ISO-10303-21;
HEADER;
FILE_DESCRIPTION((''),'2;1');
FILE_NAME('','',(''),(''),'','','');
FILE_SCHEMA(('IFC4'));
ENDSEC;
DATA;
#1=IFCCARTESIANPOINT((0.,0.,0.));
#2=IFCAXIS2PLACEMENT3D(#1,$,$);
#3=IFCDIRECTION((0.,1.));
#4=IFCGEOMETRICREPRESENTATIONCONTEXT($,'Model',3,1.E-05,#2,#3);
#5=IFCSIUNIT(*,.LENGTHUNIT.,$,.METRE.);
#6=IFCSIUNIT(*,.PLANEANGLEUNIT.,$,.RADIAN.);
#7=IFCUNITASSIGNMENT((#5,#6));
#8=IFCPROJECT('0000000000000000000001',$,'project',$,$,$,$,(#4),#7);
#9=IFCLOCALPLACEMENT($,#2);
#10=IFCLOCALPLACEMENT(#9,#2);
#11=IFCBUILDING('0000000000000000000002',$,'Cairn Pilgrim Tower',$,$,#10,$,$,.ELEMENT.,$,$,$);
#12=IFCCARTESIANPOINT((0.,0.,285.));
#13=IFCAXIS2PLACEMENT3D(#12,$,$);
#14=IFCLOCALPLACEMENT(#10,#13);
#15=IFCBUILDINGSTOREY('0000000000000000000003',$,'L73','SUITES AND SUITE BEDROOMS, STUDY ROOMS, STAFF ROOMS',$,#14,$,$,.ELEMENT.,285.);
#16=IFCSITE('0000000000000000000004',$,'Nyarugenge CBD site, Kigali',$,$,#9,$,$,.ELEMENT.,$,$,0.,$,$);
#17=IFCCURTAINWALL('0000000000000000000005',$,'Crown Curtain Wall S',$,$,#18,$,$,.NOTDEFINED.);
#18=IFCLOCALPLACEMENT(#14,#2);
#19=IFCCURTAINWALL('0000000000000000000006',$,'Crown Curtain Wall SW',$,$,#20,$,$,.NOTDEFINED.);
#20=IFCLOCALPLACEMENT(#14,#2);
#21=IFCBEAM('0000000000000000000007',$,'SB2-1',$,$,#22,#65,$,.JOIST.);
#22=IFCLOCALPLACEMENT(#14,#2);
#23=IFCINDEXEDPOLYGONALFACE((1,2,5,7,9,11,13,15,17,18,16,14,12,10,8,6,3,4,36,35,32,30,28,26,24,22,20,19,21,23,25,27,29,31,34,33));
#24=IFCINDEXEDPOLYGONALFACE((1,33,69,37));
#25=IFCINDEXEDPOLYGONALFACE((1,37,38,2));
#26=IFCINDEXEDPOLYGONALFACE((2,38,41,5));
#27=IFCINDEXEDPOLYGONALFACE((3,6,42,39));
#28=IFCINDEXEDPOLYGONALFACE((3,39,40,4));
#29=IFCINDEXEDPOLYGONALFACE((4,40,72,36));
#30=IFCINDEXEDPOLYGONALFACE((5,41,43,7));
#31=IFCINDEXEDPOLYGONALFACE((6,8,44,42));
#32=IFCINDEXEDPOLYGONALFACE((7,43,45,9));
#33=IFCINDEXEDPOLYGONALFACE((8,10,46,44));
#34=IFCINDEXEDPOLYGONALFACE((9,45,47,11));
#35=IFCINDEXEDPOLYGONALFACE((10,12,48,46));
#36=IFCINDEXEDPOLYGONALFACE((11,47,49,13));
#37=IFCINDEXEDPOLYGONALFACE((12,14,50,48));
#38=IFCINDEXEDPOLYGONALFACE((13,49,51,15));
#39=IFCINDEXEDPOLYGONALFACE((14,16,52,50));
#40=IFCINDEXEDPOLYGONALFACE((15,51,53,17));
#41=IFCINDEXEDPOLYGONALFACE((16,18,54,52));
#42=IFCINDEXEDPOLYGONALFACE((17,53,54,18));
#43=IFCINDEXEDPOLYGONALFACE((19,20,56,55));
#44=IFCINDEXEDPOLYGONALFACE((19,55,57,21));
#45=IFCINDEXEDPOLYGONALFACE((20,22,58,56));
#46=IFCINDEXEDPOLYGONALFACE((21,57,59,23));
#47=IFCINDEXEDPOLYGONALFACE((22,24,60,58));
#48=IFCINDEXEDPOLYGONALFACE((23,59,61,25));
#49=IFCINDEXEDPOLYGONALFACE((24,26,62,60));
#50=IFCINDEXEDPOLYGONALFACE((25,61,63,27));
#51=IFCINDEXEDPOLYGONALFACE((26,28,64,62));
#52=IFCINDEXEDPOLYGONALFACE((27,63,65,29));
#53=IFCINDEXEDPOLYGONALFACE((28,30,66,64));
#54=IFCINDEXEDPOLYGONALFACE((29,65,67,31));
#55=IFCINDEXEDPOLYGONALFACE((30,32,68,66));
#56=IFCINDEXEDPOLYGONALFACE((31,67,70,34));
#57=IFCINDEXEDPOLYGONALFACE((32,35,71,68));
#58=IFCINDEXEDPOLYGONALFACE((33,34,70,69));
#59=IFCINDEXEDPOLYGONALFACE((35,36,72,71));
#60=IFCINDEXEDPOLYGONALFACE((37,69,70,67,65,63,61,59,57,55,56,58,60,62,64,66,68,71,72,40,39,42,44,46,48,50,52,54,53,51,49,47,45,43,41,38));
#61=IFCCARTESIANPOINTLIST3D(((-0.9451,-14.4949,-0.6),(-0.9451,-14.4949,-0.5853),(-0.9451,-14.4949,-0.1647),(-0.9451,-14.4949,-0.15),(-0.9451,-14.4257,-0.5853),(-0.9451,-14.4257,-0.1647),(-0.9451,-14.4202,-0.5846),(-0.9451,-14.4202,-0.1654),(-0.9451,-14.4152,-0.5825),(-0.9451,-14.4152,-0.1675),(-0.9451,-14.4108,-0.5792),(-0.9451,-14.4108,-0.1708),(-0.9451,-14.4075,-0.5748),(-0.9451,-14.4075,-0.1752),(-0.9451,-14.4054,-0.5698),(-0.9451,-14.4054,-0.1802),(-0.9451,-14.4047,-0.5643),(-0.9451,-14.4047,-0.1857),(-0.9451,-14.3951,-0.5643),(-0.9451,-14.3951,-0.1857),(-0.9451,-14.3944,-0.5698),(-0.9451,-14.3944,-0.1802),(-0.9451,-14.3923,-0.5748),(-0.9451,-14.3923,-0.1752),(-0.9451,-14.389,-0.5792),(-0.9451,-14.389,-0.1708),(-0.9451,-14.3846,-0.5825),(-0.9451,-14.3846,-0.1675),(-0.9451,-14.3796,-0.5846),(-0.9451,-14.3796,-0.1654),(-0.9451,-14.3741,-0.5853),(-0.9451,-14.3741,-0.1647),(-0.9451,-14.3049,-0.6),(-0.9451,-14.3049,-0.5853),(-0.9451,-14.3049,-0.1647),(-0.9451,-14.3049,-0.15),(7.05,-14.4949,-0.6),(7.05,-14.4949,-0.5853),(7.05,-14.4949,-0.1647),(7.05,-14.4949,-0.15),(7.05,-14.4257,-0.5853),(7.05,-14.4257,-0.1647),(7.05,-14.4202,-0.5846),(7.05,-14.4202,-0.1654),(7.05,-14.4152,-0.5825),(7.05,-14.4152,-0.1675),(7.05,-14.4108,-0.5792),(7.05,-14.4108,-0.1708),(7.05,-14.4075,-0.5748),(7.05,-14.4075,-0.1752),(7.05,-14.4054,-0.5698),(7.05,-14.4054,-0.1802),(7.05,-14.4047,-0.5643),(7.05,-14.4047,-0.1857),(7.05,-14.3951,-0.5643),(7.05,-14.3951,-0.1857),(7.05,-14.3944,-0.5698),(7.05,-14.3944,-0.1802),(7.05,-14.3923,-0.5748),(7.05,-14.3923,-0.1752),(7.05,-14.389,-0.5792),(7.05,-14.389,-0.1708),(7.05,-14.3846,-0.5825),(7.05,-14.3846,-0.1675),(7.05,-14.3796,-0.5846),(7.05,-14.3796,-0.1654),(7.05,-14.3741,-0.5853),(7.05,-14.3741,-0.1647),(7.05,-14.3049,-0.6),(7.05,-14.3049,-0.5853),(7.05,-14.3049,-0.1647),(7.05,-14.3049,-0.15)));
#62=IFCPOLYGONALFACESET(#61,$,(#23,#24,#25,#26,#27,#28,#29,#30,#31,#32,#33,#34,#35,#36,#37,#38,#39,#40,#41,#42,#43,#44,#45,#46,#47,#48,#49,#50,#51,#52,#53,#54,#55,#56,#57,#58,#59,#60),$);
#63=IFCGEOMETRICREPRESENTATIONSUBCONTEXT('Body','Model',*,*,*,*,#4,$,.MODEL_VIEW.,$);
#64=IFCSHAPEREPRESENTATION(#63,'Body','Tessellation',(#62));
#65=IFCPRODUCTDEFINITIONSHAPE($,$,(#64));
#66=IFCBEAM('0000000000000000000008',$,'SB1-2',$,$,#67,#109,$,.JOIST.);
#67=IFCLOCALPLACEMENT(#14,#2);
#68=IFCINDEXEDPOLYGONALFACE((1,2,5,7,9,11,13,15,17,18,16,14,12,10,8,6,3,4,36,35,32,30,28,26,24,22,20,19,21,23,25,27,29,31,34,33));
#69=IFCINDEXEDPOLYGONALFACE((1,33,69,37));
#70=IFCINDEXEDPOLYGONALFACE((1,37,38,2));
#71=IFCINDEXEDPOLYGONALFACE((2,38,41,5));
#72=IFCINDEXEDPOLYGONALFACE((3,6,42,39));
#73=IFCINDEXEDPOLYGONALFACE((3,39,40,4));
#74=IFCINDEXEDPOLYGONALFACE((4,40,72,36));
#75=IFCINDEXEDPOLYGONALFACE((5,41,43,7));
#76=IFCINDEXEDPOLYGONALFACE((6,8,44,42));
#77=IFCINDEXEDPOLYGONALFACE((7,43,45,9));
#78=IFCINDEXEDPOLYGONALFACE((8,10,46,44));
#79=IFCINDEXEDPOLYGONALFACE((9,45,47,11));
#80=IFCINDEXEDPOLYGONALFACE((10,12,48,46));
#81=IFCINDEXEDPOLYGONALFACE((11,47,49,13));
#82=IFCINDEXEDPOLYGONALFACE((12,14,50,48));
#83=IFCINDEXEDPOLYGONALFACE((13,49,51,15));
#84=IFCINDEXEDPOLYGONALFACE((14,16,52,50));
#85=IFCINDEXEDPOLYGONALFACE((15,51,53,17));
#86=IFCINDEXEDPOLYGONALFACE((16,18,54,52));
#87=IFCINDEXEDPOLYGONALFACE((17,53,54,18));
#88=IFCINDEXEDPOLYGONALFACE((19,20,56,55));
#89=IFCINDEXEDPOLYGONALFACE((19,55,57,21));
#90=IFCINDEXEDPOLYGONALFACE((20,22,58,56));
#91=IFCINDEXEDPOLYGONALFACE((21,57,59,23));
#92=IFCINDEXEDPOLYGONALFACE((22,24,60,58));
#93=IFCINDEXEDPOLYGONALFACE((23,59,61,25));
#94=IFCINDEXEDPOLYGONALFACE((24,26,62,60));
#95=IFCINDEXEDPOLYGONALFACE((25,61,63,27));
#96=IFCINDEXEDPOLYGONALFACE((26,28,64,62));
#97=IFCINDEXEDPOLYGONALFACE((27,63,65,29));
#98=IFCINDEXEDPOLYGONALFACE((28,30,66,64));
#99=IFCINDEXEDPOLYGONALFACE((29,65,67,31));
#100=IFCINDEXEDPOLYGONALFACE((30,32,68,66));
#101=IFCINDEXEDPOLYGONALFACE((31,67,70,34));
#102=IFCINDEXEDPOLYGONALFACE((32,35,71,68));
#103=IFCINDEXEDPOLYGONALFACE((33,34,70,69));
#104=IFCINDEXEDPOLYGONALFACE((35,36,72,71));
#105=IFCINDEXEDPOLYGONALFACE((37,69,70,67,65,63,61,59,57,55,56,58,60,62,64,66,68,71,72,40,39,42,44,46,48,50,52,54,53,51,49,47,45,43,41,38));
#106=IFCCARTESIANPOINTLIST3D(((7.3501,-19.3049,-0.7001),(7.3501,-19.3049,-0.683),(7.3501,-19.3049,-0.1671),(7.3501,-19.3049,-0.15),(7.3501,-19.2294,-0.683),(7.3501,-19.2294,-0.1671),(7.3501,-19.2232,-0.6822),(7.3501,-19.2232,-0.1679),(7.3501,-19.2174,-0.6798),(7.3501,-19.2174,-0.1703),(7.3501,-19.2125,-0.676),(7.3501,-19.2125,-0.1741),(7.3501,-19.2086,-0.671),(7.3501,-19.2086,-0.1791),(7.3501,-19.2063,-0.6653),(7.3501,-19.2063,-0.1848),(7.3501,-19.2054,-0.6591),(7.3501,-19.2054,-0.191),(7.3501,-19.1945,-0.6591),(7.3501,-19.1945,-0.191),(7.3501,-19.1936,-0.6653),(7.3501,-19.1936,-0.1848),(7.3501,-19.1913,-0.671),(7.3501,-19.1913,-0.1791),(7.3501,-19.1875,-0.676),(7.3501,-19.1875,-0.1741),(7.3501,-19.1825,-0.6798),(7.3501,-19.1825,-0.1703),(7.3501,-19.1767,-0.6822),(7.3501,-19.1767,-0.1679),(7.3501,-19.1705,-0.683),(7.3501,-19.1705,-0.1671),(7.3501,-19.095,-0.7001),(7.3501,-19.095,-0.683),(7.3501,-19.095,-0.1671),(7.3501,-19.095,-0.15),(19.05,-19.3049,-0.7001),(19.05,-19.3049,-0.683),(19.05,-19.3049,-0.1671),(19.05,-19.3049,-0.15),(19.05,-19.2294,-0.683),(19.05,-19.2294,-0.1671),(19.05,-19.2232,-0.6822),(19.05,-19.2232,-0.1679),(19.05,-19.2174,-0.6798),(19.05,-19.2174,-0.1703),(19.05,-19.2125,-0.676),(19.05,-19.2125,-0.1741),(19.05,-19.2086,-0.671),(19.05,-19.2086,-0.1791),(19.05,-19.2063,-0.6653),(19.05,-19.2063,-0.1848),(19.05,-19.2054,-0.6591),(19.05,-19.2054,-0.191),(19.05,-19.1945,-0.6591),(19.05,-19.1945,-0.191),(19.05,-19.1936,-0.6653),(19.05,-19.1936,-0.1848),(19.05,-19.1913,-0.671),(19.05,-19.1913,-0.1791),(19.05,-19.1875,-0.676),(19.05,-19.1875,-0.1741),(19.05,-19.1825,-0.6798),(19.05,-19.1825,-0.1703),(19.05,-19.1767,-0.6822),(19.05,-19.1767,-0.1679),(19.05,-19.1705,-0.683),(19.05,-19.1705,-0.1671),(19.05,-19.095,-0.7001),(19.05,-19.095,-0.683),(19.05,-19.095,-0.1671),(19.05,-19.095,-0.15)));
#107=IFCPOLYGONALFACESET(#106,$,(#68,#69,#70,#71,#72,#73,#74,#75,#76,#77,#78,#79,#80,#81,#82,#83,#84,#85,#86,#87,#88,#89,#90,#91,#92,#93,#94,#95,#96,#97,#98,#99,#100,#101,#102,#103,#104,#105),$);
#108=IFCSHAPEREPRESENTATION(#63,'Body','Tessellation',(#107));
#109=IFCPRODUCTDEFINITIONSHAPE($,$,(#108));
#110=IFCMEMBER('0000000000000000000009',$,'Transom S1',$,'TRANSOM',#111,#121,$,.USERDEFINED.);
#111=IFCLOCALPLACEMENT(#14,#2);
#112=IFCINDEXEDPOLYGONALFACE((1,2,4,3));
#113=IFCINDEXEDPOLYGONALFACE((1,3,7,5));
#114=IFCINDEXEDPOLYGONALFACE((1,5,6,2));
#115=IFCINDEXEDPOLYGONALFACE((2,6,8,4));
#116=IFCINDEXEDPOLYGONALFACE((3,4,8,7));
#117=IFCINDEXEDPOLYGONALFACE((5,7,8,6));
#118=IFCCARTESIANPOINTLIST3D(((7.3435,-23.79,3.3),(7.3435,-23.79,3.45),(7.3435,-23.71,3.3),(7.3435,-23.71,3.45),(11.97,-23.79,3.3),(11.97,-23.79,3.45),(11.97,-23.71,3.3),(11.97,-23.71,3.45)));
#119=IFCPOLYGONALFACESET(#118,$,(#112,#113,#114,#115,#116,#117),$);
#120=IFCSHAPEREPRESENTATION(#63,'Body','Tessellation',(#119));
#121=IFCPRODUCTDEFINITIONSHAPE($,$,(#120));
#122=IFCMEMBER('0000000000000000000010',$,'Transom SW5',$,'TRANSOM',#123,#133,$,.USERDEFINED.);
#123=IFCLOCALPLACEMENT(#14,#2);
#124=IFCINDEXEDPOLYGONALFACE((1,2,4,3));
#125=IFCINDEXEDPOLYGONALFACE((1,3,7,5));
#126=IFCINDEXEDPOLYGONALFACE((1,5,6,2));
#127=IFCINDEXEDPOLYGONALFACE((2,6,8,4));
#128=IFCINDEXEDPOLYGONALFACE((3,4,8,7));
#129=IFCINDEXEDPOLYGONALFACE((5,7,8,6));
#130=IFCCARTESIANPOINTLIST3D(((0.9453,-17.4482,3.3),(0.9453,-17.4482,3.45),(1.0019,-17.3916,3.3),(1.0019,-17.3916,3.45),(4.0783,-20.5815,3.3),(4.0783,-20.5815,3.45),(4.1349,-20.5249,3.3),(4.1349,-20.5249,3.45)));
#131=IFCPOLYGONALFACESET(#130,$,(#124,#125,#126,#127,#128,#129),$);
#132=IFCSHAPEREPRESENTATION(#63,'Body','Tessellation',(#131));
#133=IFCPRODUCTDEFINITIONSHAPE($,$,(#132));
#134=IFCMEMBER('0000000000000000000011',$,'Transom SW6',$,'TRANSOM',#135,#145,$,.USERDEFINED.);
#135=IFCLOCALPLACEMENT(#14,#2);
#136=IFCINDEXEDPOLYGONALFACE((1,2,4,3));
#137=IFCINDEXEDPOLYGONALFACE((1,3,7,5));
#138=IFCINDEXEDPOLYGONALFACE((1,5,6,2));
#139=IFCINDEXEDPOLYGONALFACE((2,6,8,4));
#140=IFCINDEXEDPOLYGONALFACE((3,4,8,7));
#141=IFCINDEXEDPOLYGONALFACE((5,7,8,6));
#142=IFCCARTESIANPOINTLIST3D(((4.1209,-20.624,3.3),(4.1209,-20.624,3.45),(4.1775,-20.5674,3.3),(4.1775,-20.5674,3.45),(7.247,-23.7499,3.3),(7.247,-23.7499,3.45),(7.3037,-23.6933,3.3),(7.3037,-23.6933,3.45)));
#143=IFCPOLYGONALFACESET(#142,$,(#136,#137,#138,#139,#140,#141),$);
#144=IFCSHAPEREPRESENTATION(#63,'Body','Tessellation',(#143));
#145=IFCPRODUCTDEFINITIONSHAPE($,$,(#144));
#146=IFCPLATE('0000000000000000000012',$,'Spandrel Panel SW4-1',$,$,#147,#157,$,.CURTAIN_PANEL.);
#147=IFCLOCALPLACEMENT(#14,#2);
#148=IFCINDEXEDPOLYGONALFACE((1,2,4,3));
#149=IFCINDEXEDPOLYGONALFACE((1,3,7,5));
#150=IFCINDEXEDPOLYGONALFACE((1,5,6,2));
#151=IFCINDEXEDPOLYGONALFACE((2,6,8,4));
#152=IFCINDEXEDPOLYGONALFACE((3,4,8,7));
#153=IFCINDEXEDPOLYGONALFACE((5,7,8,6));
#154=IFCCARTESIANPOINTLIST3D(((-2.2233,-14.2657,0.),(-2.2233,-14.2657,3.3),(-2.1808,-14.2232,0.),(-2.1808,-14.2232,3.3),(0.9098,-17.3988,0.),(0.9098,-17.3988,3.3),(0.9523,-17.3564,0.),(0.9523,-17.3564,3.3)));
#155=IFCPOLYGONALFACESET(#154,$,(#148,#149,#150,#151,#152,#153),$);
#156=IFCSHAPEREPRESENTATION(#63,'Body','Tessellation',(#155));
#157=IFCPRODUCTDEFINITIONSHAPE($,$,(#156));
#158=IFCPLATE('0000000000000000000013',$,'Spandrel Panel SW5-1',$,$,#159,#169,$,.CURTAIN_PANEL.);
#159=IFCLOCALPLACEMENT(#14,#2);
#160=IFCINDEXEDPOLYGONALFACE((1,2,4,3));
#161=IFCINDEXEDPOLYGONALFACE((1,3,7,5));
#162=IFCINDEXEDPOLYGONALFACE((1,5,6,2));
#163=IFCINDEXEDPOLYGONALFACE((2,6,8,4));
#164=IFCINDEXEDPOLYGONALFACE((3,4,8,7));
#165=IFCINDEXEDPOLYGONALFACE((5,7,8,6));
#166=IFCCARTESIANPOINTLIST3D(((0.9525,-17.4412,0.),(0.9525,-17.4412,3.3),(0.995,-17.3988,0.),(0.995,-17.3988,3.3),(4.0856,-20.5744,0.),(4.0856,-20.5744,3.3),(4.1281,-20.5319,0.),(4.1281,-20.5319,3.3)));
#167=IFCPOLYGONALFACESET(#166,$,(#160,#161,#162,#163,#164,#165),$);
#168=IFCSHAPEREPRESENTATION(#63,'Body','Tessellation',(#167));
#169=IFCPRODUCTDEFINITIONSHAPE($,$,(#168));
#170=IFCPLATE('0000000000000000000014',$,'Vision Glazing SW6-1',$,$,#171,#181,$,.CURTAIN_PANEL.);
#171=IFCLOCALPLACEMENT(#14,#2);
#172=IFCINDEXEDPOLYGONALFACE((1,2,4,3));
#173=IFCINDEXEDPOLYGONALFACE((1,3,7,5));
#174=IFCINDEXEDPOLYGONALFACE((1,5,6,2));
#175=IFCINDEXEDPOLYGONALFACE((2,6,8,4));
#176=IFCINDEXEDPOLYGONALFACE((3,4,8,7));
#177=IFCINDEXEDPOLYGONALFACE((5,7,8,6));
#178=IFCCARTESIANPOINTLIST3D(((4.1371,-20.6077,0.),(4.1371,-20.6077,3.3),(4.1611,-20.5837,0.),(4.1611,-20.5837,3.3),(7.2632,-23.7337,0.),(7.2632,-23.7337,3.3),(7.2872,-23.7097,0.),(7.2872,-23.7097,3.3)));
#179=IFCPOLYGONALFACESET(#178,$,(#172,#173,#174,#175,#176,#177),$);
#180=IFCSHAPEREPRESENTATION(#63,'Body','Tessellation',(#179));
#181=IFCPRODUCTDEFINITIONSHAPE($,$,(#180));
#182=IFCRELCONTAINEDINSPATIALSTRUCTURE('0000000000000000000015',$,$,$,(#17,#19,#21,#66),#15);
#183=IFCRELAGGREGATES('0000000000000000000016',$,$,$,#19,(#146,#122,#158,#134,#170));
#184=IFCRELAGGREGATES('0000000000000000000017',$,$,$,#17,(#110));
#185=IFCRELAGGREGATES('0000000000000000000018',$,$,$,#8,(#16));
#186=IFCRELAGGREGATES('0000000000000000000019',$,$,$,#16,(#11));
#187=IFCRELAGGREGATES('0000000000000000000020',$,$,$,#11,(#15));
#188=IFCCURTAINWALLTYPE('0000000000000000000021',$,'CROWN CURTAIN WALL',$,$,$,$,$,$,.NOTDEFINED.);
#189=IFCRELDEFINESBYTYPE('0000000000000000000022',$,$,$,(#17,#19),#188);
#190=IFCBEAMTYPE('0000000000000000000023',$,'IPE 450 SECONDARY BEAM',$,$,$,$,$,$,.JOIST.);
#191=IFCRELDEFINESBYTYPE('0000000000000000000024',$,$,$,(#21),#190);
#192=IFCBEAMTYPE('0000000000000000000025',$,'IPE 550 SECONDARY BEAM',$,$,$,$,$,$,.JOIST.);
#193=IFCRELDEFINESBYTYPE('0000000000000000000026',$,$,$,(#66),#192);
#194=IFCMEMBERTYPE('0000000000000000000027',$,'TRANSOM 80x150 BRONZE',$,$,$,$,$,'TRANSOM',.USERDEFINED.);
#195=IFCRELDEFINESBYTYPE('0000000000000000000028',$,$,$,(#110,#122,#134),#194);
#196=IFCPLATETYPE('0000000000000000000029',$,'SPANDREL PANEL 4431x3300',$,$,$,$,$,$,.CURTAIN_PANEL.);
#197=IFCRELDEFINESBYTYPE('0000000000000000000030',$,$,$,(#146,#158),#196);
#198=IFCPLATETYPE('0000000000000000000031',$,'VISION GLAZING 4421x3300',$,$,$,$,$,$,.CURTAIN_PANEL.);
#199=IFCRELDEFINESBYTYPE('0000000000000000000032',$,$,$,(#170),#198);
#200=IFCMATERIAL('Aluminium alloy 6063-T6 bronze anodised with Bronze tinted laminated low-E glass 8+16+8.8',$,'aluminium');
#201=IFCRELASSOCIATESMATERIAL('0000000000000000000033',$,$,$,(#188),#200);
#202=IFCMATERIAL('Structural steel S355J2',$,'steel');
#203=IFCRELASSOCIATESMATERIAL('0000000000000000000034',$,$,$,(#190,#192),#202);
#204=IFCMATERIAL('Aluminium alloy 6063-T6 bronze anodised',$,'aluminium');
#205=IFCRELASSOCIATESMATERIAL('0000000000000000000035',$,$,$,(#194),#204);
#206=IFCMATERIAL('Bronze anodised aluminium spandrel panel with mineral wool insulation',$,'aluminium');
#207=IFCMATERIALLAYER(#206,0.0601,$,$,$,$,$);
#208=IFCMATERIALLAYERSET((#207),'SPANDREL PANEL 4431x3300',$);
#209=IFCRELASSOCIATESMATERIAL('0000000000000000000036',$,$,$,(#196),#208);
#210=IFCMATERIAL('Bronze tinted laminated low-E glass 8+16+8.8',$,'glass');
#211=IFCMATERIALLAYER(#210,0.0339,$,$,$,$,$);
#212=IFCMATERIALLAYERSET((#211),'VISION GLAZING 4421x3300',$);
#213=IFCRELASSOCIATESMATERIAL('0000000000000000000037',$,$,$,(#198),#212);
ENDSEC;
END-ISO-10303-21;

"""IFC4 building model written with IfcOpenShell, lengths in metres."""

from ifc_helpers import new_model, si_unit, direction, frame, origin, origin_2d, place, context, subcontext, project, spatial, rectangle, i_section, extrude, material, layer, layer_set, material_profile, profile_set, type_object, element, aggregate, save


model = new_model("IFC4")

# Units and contexts
model_context = context("Model", 3, precision=1e-05, world=origin(), true_north=direction((0.0, 1.0)))
body_context = subcontext(model_context, "Body", "Model", "MODEL_VIEW")
ifc_project = project(units=[si_unit("LENGTHUNIT", "METRE"), si_unit("PLANEANGLEUNIT", "RADIAN")], contexts=[model_context])

# Site, building, storey
site_placement = place(None, origin())
site = spatial("IfcSite", under=ifc_project, at=site_placement, Name="Nyarugenge CBD site, Kigali", CompositionType="ELEMENT", RefElevation=0.0)
building_placement = place(site_placement, origin())
building = spatial("IfcBuilding", under=site, at=building_placement, Name="Cairn Pilgrim Tower", CompositionType="ELEMENT")
storey_placement = place(building_placement, frame((0.0, 0.0, 285.0)))
storey = spatial("IfcBuildingStorey", under=building, at=storey_placement, Name="L73", Description="SUITES AND SUITE BEDROOMS, STUDY ROOMS, STAFF ROOMS", CompositionType="ELEMENT", Elevation=285.0)

# Shared definitions
ifc_material_1 = material(Name="Structural steel S355J2", Category="steel")

# Curtain wall
ifc_material_2 = material(Name="Aluminium alloy 6063-T6 bronze anodised with Bronze tinted laminated low-E glass 8+16+8.8", Category="aluminium")
curtain_wall_type = type_object("IfcCurtainWallType", Name="CROWN CURTAIN WALL", PredefinedType="NOTDEFINED", material=ifc_material_2)
curtain_wall_1_placement = place(storey_placement, origin())
curtain_wall_1 = element("IfcCurtainWall", 1, at=curtain_wall_1_placement, inside=storey, type_object=curtain_wall_type, Name="Crown Curtain Wall S", PredefinedType="NOTDEFINED")
ifc_material_3 = material(Name="Aluminium alloy 6063-T6 bronze anodised", Category="aluminium")

# Curtain wall
curtain_wall_2_placement = place(storey_placement, origin())
curtain_wall_2 = element("IfcCurtainWall", 2, at=curtain_wall_2_placement, inside=storey, type_object=curtain_wall_type, Name="Crown Curtain Wall SW", PredefinedType="NOTDEFINED")

# Beams
ifc_material_profile_1 = material_profile(ifc_material_1, i_section(OverallWidth=0.1899, OverallDepth=0.45, WebThickness=0.0095, FlangeThickness=0.0146, FilletRadius=0.021, at=origin_2d()), Name="IPE 450")
ifc_profile_set_1 = profile_set([ifc_material_profile_1], Name="Structural steel S355J2")
beam_type_1 = type_object("IfcBeamType", Name="IPE 450 SECONDARY BEAM", PredefinedType="JOIST", material=ifc_profile_set_1)
beam_1_placement = place(storey_placement, frame((-0.9451, -14.3999, -0.375), z_axis=(1.0, 0.0, 0.0), x_axis=(0.0, 1.0, 0.0)))
element("IfcBeam", 3, at=beam_1_placement, inside=storey, type_object=beam_type_1, Name="SB2-1", PredefinedType="JOIST", context=body_context, shape_type="SweptSolid", body=[
    extrude(i_section(OverallWidth=0.1899, OverallDepth=0.45, WebThickness=0.0095, FlangeThickness=0.0146, FilletRadius=0.021, at=origin_2d()), origin(), (0.0, 0.0, 1.0), 7.9951),
])
ifc_material_profile_2 = material_profile(ifc_material_1, i_section(OverallWidth=0.21, OverallDepth=0.55, WebThickness=0.011, FlangeThickness=0.0171, FilletRadius=0.0239, at=origin_2d()), Name="IPE 550")
ifc_profile_set_2 = profile_set([ifc_material_profile_2], Name="Structural steel S355J2")
beam_type_2 = type_object("IfcBeamType", Name="IPE 550 SECONDARY BEAM", PredefinedType="JOIST", material=ifc_profile_set_2)
beam_2_placement = place(storey_placement, frame((7.3501, -19.2, -0.425), z_axis=(1.0, 0.0, 0.0), x_axis=(0.0, 1.0, 0.0)))
element("IfcBeam", 4, at=beam_2_placement, inside=storey, type_object=beam_type_2, Name="SB1-2", PredefinedType="JOIST", context=body_context, shape_type="SweptSolid", body=[
    extrude(i_section(OverallWidth=0.21, OverallDepth=0.55, WebThickness=0.011, FlangeThickness=0.0171, FilletRadius=0.0239, at=origin_2d()), origin(), (0.0, 0.0, 1.0), 11.7),
])

# Members
ifc_material_profile_3 = material_profile(ifc_material_3, rectangle(XDim=0.0801, YDim=0.1499, at=origin_2d()), Name="TRANSOM 80x150 BRONZE")
ifc_profile_set_3 = profile_set([ifc_material_profile_3], Name="Aluminium alloy 6063-T6 bronze anodised")
member_type_1 = type_object("IfcMemberType", Name="TRANSOM 80x150 BRONZE", ElementType="TRANSOM", PredefinedType="USERDEFINED", material=ifc_profile_set_3)
member_1_placement = place(storey_placement, frame((7.3435, -23.75, 3.375), z_axis=(1.0, 0.0, 0.0), x_axis=(0.0, 1.0, 0.0)))
member_1 = element("IfcMember", 5, at=member_1_placement, type_object=member_type_1, Name="Transom S1", ObjectType="TRANSOM", PredefinedType="USERDEFINED", context=body_context, shape_type="SweptSolid", body=[
    extrude(rectangle(XDim=0.0801, YDim=0.1499, at=origin_2d()), origin(), (0.0, 0.0, 1.0), 4.6265),
])
member_2_placement = place(storey_placement, frame((0.9736, -17.4199, 3.375), z_axis=(0.707079, -0.707134, 0.0), x_axis=(0.707134, 0.707079, 0.0)))
member_2 = element("IfcMember", 6, at=member_2_placement, type_object=member_type_1, Name="Transom SW5", ObjectType="TRANSOM", PredefinedType="USERDEFINED", context=body_context, shape_type="SweptSolid", body=[
    extrude(rectangle(XDim=0.0801, YDim=0.1499, at=origin_2d()), origin(), (0.0, 0.0, 1.0), 4.4309),
])
member_3_placement = place(storey_placement, frame((4.1492, -20.5957, 3.375), z_axis=(0.707134, -0.707079, 0.0), x_axis=(0.707079, 0.707134, 0.0)))
member_3 = element("IfcMember", 7, at=member_3_placement, type_object=member_type_1, Name="Transom SW6", ObjectType="TRANSOM", PredefinedType="USERDEFINED", context=body_context, shape_type="SweptSolid", body=[
    extrude(rectangle(XDim=0.0801, YDim=0.1499, at=origin_2d()), origin(), (0.0, 0.0, 1.0), 4.4209),
])

# Plates
ifc_material_4 = material(Name="Bronze anodised aluminium spandrel panel with mineral wool insulation", Category="aluminium")
ifc_layer_1 = layer(ifc_material_4, 0.0601)
ifc_layer_set_1 = layer_set([ifc_layer_1], Name="SPANDREL PANEL 4431x3300")
plate_type_1 = type_object("IfcPlateType", Name="SPANDREL PANEL 4431x3300", PredefinedType="CURTAIN_PANEL", material=ifc_layer_set_1)
plate_1_placement = place(storey_placement, frame((-0.6355, -15.811, 0.0), z_axis=(0.0, 0.0, 1.0), x_axis=(0.707107, -0.707107, 0.0)))
plate_1 = element("IfcPlate", 8, at=plate_1_placement, type_object=plate_type_1, Name="Spandrel Panel SW4-1", PredefinedType="CURTAIN_PANEL", context=body_context, shape_type="SweptSolid", body=[
    extrude(rectangle(XDim=4.4309, YDim=0.0601, at=origin_2d()), origin(), (0.0, 0.0, 1.0), 3.3),
])
plate_2_placement = place(storey_placement, frame((2.5403, -18.9866, 0.0), z_axis=(0.0, 0.0, 1.0), x_axis=(0.707107, -0.707107, 0.0)))
plate_2 = element("IfcPlate", 9, at=plate_2_placement, type_object=plate_type_1, Name="Spandrel Panel SW5-1", PredefinedType="CURTAIN_PANEL", context=body_context, shape_type="SweptSolid", body=[
    extrude(rectangle(XDim=4.4309, YDim=0.0601, at=origin_2d()), origin(), (0.0, 0.0, 1.0), 3.3),
])
ifc_material_5 = material(Name="Bronze tinted laminated low-E glass 8+16+8.8", Category="glass")
ifc_layer_2 = layer(ifc_material_5, 0.0339)
ifc_layer_set_2 = layer_set([ifc_layer_2], Name="VISION GLAZING 4421x3300")
plate_type_2 = type_object("IfcPlateType", Name="VISION GLAZING 4421x3300", PredefinedType="CURTAIN_PANEL", material=ifc_layer_set_2)
plate_3_placement = place(storey_placement, frame((5.7122, -22.1587, 0.0), z_axis=(0.0, 0.0, 1.0), x_axis=(0.707107, -0.707107, 0.0)))
plate_3 = element("IfcPlate", 10, at=plate_3_placement, type_object=plate_type_2, Name="Vision Glazing SW6-1", PredefinedType="CURTAIN_PANEL", context=body_context, shape_type="SweptSolid", body=[
    extrude(rectangle(XDim=4.4209, YDim=0.0339, at=origin_2d()), origin(), (0.0, 0.0, 1.0), 3.3),
])
aggregate(curtain_wall_2, [plate_1, member_2, plate_2, member_3, plate_3])
aggregate(curtain_wall_1, [member_1])

save(model, "model.ifc")
